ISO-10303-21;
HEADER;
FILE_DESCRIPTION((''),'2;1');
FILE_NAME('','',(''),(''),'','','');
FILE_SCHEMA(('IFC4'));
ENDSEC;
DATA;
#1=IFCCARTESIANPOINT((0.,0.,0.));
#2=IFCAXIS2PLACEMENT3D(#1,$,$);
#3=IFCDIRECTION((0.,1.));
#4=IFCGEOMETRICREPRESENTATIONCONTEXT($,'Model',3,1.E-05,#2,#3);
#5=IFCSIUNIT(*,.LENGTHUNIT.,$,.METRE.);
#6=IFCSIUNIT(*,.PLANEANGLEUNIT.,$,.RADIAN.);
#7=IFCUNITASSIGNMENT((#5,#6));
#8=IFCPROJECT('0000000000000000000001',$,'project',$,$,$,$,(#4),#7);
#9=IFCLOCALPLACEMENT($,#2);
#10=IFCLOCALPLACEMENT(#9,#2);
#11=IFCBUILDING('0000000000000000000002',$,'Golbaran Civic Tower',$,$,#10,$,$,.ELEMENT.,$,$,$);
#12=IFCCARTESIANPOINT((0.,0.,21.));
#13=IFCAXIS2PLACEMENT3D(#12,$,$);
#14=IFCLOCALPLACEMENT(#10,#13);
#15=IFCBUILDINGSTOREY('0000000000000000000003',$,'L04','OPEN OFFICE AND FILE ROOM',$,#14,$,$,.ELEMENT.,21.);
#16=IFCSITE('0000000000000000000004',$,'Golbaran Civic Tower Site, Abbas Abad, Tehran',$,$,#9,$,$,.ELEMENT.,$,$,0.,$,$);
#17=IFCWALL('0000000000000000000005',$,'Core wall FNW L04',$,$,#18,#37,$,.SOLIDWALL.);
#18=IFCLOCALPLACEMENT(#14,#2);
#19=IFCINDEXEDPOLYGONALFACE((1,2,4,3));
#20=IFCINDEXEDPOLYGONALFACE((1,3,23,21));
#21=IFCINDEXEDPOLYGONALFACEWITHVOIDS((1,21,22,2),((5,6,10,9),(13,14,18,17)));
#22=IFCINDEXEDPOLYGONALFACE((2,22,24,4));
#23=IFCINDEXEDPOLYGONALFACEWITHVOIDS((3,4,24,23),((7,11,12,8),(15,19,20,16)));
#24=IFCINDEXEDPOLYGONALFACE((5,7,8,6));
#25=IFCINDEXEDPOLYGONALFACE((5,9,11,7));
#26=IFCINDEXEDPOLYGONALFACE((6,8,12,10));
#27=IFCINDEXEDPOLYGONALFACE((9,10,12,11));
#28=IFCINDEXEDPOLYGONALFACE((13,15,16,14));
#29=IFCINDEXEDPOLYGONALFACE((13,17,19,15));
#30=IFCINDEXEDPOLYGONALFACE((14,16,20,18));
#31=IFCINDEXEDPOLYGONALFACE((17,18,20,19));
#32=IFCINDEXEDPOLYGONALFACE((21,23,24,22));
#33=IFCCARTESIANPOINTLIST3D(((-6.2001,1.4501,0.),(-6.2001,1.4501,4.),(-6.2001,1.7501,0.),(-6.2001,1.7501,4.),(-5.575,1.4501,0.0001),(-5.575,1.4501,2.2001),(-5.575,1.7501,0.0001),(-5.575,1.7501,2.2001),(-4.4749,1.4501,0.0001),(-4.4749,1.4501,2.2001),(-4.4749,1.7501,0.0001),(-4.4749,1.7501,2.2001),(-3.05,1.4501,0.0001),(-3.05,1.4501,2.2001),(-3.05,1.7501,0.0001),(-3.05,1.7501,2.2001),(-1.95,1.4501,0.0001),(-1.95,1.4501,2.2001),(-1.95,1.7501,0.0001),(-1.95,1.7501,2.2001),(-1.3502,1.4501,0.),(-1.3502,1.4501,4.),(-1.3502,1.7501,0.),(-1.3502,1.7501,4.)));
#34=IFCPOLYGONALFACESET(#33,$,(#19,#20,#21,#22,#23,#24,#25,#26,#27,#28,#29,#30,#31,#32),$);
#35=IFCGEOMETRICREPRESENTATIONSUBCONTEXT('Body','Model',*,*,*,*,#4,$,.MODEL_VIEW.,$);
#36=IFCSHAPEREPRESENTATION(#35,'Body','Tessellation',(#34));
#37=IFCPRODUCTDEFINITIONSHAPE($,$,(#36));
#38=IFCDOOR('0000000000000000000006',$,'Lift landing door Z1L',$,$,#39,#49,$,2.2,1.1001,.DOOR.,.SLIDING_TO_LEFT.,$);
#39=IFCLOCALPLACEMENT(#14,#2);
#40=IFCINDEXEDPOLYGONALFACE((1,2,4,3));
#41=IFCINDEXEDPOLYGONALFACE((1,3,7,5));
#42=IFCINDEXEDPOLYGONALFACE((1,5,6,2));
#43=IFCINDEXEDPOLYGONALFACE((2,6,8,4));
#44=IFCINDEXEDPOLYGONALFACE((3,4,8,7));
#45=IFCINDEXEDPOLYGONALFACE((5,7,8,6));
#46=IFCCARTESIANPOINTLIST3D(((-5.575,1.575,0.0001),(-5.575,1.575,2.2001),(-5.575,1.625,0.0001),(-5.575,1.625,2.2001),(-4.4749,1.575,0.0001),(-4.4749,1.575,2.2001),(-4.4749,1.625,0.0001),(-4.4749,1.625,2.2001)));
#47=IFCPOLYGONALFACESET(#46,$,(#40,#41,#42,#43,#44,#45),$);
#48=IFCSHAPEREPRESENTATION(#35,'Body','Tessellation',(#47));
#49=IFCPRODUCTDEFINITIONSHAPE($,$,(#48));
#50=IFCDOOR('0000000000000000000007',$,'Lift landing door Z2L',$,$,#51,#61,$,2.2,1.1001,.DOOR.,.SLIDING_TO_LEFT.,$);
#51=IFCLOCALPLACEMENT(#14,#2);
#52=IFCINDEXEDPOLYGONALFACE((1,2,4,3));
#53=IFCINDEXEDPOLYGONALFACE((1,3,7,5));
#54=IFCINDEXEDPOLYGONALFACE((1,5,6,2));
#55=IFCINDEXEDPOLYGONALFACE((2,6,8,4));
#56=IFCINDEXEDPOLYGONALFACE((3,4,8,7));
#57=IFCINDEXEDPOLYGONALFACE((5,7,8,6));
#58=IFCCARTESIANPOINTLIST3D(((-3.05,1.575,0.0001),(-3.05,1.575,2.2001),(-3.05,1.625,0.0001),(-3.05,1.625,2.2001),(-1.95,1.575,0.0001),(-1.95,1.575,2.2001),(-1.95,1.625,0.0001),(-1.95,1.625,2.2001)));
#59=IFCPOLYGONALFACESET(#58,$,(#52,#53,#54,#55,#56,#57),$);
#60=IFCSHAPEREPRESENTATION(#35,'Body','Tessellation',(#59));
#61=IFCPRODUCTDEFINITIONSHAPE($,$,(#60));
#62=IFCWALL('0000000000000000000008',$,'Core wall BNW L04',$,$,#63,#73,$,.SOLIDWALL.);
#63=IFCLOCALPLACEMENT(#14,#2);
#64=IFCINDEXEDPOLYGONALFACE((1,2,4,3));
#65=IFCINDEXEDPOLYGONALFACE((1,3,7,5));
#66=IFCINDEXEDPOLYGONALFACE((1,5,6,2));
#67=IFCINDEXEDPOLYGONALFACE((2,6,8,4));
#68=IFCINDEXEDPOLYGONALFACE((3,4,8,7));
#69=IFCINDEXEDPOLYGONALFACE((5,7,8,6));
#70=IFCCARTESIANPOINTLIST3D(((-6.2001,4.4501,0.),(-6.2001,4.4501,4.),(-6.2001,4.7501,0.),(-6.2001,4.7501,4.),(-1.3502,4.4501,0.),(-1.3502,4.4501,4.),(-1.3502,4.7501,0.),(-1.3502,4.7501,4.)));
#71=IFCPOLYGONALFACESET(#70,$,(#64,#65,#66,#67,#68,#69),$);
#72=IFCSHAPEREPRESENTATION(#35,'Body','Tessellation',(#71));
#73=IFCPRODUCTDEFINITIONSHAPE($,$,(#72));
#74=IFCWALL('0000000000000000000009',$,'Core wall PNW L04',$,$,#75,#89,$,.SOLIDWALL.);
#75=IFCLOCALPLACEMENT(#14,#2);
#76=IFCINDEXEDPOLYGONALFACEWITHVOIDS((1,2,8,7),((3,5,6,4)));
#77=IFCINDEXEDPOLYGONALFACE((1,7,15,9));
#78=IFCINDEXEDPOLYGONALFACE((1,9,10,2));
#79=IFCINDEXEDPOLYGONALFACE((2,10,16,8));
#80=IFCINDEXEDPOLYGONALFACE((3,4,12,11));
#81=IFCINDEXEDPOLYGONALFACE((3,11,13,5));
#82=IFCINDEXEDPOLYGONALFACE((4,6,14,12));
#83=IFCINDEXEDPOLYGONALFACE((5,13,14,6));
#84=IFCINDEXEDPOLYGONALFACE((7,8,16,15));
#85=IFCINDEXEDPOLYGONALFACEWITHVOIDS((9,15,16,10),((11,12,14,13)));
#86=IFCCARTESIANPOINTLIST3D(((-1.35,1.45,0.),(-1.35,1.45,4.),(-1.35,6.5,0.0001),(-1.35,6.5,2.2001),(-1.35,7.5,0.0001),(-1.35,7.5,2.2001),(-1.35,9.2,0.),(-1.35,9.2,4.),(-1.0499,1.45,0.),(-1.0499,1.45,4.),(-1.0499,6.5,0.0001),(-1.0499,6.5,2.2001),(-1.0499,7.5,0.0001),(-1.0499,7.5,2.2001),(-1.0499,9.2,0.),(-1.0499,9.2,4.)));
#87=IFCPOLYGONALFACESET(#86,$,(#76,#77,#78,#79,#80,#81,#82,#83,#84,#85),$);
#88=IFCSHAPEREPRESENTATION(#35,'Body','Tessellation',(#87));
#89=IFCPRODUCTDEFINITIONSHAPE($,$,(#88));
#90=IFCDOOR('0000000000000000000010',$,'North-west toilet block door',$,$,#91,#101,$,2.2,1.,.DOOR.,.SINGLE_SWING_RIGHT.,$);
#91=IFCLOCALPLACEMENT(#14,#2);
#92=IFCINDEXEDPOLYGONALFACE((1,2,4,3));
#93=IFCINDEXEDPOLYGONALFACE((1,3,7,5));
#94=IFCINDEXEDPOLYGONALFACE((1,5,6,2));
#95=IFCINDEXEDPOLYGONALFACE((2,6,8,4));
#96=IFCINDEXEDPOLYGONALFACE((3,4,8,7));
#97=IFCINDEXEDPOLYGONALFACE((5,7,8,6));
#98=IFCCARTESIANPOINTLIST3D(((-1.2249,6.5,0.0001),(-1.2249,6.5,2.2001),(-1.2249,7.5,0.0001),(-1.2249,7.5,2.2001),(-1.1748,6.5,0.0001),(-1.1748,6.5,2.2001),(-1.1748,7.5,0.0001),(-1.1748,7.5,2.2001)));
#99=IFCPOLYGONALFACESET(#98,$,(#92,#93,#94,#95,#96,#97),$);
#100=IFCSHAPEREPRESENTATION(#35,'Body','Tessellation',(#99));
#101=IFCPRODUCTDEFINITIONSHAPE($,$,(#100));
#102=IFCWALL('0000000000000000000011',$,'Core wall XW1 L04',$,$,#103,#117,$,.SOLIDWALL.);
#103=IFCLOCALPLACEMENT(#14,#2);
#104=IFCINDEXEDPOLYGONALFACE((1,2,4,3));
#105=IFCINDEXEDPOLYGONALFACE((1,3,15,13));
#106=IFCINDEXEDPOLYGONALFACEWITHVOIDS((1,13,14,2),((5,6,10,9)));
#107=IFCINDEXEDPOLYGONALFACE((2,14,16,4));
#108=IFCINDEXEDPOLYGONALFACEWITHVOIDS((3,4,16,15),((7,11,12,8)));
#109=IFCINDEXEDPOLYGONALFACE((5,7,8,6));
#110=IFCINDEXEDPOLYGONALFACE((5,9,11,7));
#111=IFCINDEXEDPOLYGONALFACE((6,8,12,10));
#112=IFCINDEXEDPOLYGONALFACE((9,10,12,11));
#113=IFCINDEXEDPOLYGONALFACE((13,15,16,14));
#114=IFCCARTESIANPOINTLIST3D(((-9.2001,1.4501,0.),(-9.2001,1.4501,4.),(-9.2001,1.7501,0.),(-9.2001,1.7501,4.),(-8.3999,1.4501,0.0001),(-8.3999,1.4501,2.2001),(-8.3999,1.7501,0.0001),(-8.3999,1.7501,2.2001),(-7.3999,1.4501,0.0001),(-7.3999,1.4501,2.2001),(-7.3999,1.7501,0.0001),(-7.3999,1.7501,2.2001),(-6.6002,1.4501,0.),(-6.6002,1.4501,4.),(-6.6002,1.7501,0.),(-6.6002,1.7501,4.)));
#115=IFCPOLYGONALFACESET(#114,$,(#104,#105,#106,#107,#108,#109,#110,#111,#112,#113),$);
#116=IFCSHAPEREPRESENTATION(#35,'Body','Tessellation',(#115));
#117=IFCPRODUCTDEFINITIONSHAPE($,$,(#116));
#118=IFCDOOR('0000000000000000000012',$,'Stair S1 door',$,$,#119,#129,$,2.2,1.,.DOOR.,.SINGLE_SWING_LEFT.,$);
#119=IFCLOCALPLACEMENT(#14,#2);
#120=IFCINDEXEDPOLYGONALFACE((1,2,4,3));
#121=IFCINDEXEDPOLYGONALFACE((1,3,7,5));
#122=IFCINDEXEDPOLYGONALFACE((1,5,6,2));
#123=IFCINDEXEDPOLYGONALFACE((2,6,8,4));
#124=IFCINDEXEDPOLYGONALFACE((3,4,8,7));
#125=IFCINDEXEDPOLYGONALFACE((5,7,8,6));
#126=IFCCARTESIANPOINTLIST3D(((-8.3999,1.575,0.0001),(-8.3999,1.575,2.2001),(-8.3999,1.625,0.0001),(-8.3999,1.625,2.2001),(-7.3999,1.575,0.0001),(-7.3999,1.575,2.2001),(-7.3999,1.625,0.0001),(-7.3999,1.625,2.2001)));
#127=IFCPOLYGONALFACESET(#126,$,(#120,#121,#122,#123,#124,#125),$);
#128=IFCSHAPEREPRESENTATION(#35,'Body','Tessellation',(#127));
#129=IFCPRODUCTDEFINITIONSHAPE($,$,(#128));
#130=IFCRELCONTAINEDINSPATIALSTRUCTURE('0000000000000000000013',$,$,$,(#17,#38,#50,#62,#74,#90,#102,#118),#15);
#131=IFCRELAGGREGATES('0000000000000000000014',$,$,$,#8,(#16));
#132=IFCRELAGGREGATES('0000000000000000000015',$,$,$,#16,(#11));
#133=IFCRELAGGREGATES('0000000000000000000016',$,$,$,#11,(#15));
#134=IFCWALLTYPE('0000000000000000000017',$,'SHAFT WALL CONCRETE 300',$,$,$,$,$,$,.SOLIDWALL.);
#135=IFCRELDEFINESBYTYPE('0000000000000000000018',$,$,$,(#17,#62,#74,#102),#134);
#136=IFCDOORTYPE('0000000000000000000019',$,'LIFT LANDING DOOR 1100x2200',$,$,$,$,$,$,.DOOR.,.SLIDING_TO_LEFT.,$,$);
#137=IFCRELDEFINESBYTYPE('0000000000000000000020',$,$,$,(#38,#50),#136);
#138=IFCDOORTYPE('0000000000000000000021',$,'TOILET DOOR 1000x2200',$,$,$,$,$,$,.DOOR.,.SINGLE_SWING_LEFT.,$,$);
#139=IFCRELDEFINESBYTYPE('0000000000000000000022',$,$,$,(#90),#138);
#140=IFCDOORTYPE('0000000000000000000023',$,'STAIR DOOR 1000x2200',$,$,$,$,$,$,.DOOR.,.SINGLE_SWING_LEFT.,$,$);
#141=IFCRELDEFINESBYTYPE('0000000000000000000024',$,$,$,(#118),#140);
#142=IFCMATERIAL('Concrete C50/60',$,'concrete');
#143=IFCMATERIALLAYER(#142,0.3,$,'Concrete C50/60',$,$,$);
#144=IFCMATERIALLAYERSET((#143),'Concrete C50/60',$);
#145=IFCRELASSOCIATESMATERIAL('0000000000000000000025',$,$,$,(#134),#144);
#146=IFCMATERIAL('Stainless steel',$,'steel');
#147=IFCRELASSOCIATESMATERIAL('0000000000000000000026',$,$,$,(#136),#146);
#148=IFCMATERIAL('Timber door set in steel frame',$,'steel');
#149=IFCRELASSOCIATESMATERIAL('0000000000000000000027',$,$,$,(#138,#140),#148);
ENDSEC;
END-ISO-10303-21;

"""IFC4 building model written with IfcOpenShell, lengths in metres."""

from ifc_helpers import new_model, si_unit, direction, frame, frame_2d, origin, place, context, subcontext, project, spatial, rectangle, extrude, material, layer, layer_set, type_object, element, fill, save


model = new_model("IFC4")

# Units and contexts
model_context = context("Model", 3, precision=1e-05, world=origin(), true_north=direction((0.0, 1.0)))
body_context = subcontext(model_context, "Body", "Model", "MODEL_VIEW")
ifc_project = project(units=[si_unit("LENGTHUNIT", "METRE"), si_unit("PLANEANGLEUNIT", "RADIAN")], contexts=[model_context])

# Site, building, storey
site_placement = place(None, origin())
site = spatial("IfcSite", under=ifc_project, at=site_placement, Name="Golbaran Civic Tower Site, Abbas Abad, Tehran", CompositionType="ELEMENT", RefElevation=0.0)
building_placement = place(site_placement, origin())
building = spatial("IfcBuilding", under=site, at=building_placement, Name="Golbaran Civic Tower", CompositionType="ELEMENT")
storey_placement = place(building_placement, frame((0.0, 0.0, 21.0)))
storey = spatial("IfcBuildingStorey", under=building, at=storey_placement, Name="L04", Description="OPEN OFFICE AND FILE ROOM", CompositionType="ELEMENT", Elevation=21.0)

# Shared definitions
ifc_material_1 = material(Name="Concrete C50/60", Category="concrete")

# Shared definitions
ifc_material_2 = material(Name="Timber door set in steel frame", Category="steel")

# Wall, openings, doors
ifc_layer_1 = layer(ifc_material_1, 0.3, Name="Concrete C50/60")
ifc_layer_set_1 = layer_set([ifc_layer_1], Name="Concrete C50/60")
wall_type_1 = type_object("IfcWallType", Name="SHAFT WALL CONCRETE 300", PredefinedType="SOLIDWALL", material=ifc_layer_set_1)
wall_1_placement = place(storey_placement, frame((-6.2, 1.6001, 0.0), z_axis=(0.0, 0.0, 1.0), x_axis=(1.0, 0.0, 0.0)))
wall_1 = element("IfcWall", 1, at=wall_1_placement, inside=storey, type_object=wall_type_1, Name="Core wall FNW L04", PredefinedType="SOLIDWALL", context=body_context, shape_type="SweptSolid", body=[
    extrude(rectangle(XDim=4.8499, YDim=0.3, at=frame_2d((2.4248, 0.0))), origin(), (0.0, 0.0, 1.0), 4.0),
])
opening_1_placement = place(wall_1_placement, frame((0.625, 0.0, 0.0)))
opening_1 = element("IfcOpeningElement", 2, at=opening_1_placement, cuts=wall_1, PredefinedType="OPENING", context=body_context, shape_type="SweptSolid", body=[
    extrude(rectangle(XDim=1.1001, YDim=2.2, at=frame_2d((0.55, 1.1001))), frame((0.0, 0.1599, 0.0), z_axis=(0.0, -1.0, 0.0), x_axis=(1.0, 0.0, 0.0)), (0.0, 0.0, 1.0), 0.3201),
])
opening_2_placement = place(wall_1_placement, frame((3.1499, 0.0, 0.0)))
opening_2 = element("IfcOpeningElement", 3, at=opening_2_placement, cuts=wall_1, PredefinedType="OPENING", context=body_context, shape_type="SweptSolid", body=[
    extrude(rectangle(XDim=1.1001, YDim=2.2, at=frame_2d((0.55, 1.1001))), frame((0.0, 0.1599, 0.0), z_axis=(0.0, -1.0, 0.0), x_axis=(1.0, 0.0, 0.0)), (0.0, 0.0, 1.0), 0.3201),
])
ifc_material_3 = material(Name="Stainless steel", Category="steel")
door_type_1 = type_object("IfcDoorType", Name="LIFT LANDING DOOR 1100x2200", OperationType="SLIDING_TO_LEFT", PredefinedType="DOOR", material=ifc_material_3)
door_1_placement = place(opening_1_placement, origin())
door_1 = element("IfcDoor", 4, at=door_1_placement, inside=storey, type_object=door_type_1, Name="Lift landing door Z1L", OperationType="SLIDING_TO_LEFT", OverallHeight=2.2, OverallWidth=1.1001, PredefinedType="DOOR", context=body_context, shape_type="SweptSolid", body=[
    extrude(rectangle(XDim=1.1001, YDim=2.2, at=frame_2d((0.55, 1.1001))), frame((0.0, 0.0249, 0.0), z_axis=(0.0, -1.0, 0.0), x_axis=(1.0, 0.0, 0.0)), (0.0, 0.0, 1.0), 0.05),
])
fill(opening_1, door_1)
door_2_placement = place(opening_2_placement, origin())
door_2 = element("IfcDoor", 5, at=door_2_placement, inside=storey, type_object=door_type_1, Name="Lift landing door Z2L", OperationType="SLIDING_TO_LEFT", OverallHeight=2.2, OverallWidth=1.1001, PredefinedType="DOOR", context=body_context, shape_type="SweptSolid", body=[
    extrude(rectangle(XDim=1.1001, YDim=2.2, at=frame_2d((0.55, 1.1001))), frame((0.0, 0.0249, 0.0), z_axis=(0.0, -1.0, 0.0), x_axis=(1.0, 0.0, 0.0)), (0.0, 0.0, 1.0), 0.05),
])
fill(opening_2, door_2)

# Wall
wall_2_placement = place(storey_placement, frame((-6.2, 4.6001, 0.0), z_axis=(0.0, 0.0, 1.0), x_axis=(1.0, 0.0, 0.0)))
element("IfcWall", 6, at=wall_2_placement, inside=storey, type_object=wall_type_1, Name="Core wall BNW L04", PredefinedType="SOLIDWALL", context=body_context, shape_type="SweptSolid", body=[
    extrude(rectangle(XDim=4.8499, YDim=0.3, at=frame_2d((2.4248, 0.0))), origin(), (0.0, 0.0, 1.0), 4.0),
])

# Walls, openings, doors
wall_3_placement = place(storey_placement, frame((-1.2, 1.45, 0.0), z_axis=(0.0, 0.0, 1.0), x_axis=(0.0, 1.0, 0.0)))
wall_3 = element("IfcWall", 7, at=wall_3_placement, inside=storey, type_object=wall_type_1, Name="Core wall PNW L04", PredefinedType="SOLIDWALL", context=body_context, shape_type="SweptSolid", body=[
    extrude(rectangle(XDim=7.75, YDim=0.3, at=frame_2d((3.875, 0.0))), origin(), (0.0, 0.0, 1.0), 4.0),
])
opening_3_placement = place(wall_3_placement, frame((5.05, 0.0, 0.0)))
opening_3 = element("IfcOpeningElement", 8, at=opening_3_placement, cuts=wall_3, PredefinedType="OPENING", context=body_context, shape_type="SweptSolid", body=[
    extrude(rectangle(XDim=1.0, YDim=2.2, at=frame_2d((0.5, 1.1001))), frame((0.0, 0.1599, 0.0), z_axis=(0.0, -1.0, 0.0), x_axis=(1.0, 0.0, 0.0)), (0.0, 0.0, 1.0), 0.3201),
])
door_type_2 = type_object("IfcDoorType", Name="TOILET DOOR 1000x2200", OperationType="SINGLE_SWING_LEFT", PredefinedType="DOOR", material=ifc_material_2)
door_3_placement = place(opening_3_placement, origin())
door_3 = element("IfcDoor", 9, at=door_3_placement, inside=storey, type_object=door_type_2, Name="North-west toilet block door", OperationType="SINGLE_SWING_RIGHT", OverallHeight=2.2, OverallWidth=1.0, PredefinedType="DOOR", context=body_context, shape_type="SweptSolid", body=[
    extrude(rectangle(XDim=1.0, YDim=2.2, at=frame_2d((0.5, 1.1001))), frame((0.0, 0.0249, 0.0), z_axis=(0.0, -1.0, 0.0), x_axis=(1.0, 0.0, 0.0)), (0.0, 0.0, 1.0), 0.05),
])
fill(opening_3, door_3)
wall_4_placement = place(storey_placement, frame((-9.2, 1.6001, 0.0), z_axis=(0.0, 0.0, 1.0), x_axis=(1.0, 0.0, 0.0)))
wall_4 = element("IfcWall", 10, at=wall_4_placement, inside=storey, type_object=wall_type_1, Name="Core wall XW1 L04", PredefinedType="SOLIDWALL", context=body_context, shape_type="SweptSolid", body=[
    extrude(rectangle(XDim=2.5999, YDim=0.3, at=frame_2d((1.2998, 0.0))), origin(), (0.0, 0.0, 1.0), 4.0),
])
opening_4_placement = place(wall_4_placement, frame((0.8, 0.0, 0.0)))
opening_4 = element("IfcOpeningElement", 11, at=opening_4_placement, cuts=wall_4, PredefinedType="OPENING", context=body_context, shape_type="SweptSolid", body=[
    extrude(rectangle(XDim=1.0, YDim=2.2, at=frame_2d((0.5, 1.1001))), frame((0.0, 0.1599, 0.0), z_axis=(0.0, -1.0, 0.0), x_axis=(1.0, 0.0, 0.0)), (0.0, 0.0, 1.0), 0.3201),
])
door_type_3 = type_object("IfcDoorType", Name="STAIR DOOR 1000x2200", OperationType="SINGLE_SWING_LEFT", PredefinedType="DOOR", material=ifc_material_2)
door_4_placement = place(opening_4_placement, origin())
door_4 = element("IfcDoor", 12, at=door_4_placement, inside=storey, type_object=door_type_3, Name="Stair S1 door", OperationType="SINGLE_SWING_LEFT", OverallHeight=2.2, OverallWidth=1.0, PredefinedType="DOOR", context=body_context, shape_type="SweptSolid", body=[
    extrude(rectangle(XDim=1.0, YDim=2.2, at=frame_2d((0.5, 1.1001))), frame((0.0, 0.0249, 0.0), z_axis=(0.0, -1.0, 0.0), x_axis=(1.0, 0.0, 0.0)), (0.0, 0.0, 1.0), 0.05),
])
fill(opening_4, door_4)

save(model, "model.ifc")
